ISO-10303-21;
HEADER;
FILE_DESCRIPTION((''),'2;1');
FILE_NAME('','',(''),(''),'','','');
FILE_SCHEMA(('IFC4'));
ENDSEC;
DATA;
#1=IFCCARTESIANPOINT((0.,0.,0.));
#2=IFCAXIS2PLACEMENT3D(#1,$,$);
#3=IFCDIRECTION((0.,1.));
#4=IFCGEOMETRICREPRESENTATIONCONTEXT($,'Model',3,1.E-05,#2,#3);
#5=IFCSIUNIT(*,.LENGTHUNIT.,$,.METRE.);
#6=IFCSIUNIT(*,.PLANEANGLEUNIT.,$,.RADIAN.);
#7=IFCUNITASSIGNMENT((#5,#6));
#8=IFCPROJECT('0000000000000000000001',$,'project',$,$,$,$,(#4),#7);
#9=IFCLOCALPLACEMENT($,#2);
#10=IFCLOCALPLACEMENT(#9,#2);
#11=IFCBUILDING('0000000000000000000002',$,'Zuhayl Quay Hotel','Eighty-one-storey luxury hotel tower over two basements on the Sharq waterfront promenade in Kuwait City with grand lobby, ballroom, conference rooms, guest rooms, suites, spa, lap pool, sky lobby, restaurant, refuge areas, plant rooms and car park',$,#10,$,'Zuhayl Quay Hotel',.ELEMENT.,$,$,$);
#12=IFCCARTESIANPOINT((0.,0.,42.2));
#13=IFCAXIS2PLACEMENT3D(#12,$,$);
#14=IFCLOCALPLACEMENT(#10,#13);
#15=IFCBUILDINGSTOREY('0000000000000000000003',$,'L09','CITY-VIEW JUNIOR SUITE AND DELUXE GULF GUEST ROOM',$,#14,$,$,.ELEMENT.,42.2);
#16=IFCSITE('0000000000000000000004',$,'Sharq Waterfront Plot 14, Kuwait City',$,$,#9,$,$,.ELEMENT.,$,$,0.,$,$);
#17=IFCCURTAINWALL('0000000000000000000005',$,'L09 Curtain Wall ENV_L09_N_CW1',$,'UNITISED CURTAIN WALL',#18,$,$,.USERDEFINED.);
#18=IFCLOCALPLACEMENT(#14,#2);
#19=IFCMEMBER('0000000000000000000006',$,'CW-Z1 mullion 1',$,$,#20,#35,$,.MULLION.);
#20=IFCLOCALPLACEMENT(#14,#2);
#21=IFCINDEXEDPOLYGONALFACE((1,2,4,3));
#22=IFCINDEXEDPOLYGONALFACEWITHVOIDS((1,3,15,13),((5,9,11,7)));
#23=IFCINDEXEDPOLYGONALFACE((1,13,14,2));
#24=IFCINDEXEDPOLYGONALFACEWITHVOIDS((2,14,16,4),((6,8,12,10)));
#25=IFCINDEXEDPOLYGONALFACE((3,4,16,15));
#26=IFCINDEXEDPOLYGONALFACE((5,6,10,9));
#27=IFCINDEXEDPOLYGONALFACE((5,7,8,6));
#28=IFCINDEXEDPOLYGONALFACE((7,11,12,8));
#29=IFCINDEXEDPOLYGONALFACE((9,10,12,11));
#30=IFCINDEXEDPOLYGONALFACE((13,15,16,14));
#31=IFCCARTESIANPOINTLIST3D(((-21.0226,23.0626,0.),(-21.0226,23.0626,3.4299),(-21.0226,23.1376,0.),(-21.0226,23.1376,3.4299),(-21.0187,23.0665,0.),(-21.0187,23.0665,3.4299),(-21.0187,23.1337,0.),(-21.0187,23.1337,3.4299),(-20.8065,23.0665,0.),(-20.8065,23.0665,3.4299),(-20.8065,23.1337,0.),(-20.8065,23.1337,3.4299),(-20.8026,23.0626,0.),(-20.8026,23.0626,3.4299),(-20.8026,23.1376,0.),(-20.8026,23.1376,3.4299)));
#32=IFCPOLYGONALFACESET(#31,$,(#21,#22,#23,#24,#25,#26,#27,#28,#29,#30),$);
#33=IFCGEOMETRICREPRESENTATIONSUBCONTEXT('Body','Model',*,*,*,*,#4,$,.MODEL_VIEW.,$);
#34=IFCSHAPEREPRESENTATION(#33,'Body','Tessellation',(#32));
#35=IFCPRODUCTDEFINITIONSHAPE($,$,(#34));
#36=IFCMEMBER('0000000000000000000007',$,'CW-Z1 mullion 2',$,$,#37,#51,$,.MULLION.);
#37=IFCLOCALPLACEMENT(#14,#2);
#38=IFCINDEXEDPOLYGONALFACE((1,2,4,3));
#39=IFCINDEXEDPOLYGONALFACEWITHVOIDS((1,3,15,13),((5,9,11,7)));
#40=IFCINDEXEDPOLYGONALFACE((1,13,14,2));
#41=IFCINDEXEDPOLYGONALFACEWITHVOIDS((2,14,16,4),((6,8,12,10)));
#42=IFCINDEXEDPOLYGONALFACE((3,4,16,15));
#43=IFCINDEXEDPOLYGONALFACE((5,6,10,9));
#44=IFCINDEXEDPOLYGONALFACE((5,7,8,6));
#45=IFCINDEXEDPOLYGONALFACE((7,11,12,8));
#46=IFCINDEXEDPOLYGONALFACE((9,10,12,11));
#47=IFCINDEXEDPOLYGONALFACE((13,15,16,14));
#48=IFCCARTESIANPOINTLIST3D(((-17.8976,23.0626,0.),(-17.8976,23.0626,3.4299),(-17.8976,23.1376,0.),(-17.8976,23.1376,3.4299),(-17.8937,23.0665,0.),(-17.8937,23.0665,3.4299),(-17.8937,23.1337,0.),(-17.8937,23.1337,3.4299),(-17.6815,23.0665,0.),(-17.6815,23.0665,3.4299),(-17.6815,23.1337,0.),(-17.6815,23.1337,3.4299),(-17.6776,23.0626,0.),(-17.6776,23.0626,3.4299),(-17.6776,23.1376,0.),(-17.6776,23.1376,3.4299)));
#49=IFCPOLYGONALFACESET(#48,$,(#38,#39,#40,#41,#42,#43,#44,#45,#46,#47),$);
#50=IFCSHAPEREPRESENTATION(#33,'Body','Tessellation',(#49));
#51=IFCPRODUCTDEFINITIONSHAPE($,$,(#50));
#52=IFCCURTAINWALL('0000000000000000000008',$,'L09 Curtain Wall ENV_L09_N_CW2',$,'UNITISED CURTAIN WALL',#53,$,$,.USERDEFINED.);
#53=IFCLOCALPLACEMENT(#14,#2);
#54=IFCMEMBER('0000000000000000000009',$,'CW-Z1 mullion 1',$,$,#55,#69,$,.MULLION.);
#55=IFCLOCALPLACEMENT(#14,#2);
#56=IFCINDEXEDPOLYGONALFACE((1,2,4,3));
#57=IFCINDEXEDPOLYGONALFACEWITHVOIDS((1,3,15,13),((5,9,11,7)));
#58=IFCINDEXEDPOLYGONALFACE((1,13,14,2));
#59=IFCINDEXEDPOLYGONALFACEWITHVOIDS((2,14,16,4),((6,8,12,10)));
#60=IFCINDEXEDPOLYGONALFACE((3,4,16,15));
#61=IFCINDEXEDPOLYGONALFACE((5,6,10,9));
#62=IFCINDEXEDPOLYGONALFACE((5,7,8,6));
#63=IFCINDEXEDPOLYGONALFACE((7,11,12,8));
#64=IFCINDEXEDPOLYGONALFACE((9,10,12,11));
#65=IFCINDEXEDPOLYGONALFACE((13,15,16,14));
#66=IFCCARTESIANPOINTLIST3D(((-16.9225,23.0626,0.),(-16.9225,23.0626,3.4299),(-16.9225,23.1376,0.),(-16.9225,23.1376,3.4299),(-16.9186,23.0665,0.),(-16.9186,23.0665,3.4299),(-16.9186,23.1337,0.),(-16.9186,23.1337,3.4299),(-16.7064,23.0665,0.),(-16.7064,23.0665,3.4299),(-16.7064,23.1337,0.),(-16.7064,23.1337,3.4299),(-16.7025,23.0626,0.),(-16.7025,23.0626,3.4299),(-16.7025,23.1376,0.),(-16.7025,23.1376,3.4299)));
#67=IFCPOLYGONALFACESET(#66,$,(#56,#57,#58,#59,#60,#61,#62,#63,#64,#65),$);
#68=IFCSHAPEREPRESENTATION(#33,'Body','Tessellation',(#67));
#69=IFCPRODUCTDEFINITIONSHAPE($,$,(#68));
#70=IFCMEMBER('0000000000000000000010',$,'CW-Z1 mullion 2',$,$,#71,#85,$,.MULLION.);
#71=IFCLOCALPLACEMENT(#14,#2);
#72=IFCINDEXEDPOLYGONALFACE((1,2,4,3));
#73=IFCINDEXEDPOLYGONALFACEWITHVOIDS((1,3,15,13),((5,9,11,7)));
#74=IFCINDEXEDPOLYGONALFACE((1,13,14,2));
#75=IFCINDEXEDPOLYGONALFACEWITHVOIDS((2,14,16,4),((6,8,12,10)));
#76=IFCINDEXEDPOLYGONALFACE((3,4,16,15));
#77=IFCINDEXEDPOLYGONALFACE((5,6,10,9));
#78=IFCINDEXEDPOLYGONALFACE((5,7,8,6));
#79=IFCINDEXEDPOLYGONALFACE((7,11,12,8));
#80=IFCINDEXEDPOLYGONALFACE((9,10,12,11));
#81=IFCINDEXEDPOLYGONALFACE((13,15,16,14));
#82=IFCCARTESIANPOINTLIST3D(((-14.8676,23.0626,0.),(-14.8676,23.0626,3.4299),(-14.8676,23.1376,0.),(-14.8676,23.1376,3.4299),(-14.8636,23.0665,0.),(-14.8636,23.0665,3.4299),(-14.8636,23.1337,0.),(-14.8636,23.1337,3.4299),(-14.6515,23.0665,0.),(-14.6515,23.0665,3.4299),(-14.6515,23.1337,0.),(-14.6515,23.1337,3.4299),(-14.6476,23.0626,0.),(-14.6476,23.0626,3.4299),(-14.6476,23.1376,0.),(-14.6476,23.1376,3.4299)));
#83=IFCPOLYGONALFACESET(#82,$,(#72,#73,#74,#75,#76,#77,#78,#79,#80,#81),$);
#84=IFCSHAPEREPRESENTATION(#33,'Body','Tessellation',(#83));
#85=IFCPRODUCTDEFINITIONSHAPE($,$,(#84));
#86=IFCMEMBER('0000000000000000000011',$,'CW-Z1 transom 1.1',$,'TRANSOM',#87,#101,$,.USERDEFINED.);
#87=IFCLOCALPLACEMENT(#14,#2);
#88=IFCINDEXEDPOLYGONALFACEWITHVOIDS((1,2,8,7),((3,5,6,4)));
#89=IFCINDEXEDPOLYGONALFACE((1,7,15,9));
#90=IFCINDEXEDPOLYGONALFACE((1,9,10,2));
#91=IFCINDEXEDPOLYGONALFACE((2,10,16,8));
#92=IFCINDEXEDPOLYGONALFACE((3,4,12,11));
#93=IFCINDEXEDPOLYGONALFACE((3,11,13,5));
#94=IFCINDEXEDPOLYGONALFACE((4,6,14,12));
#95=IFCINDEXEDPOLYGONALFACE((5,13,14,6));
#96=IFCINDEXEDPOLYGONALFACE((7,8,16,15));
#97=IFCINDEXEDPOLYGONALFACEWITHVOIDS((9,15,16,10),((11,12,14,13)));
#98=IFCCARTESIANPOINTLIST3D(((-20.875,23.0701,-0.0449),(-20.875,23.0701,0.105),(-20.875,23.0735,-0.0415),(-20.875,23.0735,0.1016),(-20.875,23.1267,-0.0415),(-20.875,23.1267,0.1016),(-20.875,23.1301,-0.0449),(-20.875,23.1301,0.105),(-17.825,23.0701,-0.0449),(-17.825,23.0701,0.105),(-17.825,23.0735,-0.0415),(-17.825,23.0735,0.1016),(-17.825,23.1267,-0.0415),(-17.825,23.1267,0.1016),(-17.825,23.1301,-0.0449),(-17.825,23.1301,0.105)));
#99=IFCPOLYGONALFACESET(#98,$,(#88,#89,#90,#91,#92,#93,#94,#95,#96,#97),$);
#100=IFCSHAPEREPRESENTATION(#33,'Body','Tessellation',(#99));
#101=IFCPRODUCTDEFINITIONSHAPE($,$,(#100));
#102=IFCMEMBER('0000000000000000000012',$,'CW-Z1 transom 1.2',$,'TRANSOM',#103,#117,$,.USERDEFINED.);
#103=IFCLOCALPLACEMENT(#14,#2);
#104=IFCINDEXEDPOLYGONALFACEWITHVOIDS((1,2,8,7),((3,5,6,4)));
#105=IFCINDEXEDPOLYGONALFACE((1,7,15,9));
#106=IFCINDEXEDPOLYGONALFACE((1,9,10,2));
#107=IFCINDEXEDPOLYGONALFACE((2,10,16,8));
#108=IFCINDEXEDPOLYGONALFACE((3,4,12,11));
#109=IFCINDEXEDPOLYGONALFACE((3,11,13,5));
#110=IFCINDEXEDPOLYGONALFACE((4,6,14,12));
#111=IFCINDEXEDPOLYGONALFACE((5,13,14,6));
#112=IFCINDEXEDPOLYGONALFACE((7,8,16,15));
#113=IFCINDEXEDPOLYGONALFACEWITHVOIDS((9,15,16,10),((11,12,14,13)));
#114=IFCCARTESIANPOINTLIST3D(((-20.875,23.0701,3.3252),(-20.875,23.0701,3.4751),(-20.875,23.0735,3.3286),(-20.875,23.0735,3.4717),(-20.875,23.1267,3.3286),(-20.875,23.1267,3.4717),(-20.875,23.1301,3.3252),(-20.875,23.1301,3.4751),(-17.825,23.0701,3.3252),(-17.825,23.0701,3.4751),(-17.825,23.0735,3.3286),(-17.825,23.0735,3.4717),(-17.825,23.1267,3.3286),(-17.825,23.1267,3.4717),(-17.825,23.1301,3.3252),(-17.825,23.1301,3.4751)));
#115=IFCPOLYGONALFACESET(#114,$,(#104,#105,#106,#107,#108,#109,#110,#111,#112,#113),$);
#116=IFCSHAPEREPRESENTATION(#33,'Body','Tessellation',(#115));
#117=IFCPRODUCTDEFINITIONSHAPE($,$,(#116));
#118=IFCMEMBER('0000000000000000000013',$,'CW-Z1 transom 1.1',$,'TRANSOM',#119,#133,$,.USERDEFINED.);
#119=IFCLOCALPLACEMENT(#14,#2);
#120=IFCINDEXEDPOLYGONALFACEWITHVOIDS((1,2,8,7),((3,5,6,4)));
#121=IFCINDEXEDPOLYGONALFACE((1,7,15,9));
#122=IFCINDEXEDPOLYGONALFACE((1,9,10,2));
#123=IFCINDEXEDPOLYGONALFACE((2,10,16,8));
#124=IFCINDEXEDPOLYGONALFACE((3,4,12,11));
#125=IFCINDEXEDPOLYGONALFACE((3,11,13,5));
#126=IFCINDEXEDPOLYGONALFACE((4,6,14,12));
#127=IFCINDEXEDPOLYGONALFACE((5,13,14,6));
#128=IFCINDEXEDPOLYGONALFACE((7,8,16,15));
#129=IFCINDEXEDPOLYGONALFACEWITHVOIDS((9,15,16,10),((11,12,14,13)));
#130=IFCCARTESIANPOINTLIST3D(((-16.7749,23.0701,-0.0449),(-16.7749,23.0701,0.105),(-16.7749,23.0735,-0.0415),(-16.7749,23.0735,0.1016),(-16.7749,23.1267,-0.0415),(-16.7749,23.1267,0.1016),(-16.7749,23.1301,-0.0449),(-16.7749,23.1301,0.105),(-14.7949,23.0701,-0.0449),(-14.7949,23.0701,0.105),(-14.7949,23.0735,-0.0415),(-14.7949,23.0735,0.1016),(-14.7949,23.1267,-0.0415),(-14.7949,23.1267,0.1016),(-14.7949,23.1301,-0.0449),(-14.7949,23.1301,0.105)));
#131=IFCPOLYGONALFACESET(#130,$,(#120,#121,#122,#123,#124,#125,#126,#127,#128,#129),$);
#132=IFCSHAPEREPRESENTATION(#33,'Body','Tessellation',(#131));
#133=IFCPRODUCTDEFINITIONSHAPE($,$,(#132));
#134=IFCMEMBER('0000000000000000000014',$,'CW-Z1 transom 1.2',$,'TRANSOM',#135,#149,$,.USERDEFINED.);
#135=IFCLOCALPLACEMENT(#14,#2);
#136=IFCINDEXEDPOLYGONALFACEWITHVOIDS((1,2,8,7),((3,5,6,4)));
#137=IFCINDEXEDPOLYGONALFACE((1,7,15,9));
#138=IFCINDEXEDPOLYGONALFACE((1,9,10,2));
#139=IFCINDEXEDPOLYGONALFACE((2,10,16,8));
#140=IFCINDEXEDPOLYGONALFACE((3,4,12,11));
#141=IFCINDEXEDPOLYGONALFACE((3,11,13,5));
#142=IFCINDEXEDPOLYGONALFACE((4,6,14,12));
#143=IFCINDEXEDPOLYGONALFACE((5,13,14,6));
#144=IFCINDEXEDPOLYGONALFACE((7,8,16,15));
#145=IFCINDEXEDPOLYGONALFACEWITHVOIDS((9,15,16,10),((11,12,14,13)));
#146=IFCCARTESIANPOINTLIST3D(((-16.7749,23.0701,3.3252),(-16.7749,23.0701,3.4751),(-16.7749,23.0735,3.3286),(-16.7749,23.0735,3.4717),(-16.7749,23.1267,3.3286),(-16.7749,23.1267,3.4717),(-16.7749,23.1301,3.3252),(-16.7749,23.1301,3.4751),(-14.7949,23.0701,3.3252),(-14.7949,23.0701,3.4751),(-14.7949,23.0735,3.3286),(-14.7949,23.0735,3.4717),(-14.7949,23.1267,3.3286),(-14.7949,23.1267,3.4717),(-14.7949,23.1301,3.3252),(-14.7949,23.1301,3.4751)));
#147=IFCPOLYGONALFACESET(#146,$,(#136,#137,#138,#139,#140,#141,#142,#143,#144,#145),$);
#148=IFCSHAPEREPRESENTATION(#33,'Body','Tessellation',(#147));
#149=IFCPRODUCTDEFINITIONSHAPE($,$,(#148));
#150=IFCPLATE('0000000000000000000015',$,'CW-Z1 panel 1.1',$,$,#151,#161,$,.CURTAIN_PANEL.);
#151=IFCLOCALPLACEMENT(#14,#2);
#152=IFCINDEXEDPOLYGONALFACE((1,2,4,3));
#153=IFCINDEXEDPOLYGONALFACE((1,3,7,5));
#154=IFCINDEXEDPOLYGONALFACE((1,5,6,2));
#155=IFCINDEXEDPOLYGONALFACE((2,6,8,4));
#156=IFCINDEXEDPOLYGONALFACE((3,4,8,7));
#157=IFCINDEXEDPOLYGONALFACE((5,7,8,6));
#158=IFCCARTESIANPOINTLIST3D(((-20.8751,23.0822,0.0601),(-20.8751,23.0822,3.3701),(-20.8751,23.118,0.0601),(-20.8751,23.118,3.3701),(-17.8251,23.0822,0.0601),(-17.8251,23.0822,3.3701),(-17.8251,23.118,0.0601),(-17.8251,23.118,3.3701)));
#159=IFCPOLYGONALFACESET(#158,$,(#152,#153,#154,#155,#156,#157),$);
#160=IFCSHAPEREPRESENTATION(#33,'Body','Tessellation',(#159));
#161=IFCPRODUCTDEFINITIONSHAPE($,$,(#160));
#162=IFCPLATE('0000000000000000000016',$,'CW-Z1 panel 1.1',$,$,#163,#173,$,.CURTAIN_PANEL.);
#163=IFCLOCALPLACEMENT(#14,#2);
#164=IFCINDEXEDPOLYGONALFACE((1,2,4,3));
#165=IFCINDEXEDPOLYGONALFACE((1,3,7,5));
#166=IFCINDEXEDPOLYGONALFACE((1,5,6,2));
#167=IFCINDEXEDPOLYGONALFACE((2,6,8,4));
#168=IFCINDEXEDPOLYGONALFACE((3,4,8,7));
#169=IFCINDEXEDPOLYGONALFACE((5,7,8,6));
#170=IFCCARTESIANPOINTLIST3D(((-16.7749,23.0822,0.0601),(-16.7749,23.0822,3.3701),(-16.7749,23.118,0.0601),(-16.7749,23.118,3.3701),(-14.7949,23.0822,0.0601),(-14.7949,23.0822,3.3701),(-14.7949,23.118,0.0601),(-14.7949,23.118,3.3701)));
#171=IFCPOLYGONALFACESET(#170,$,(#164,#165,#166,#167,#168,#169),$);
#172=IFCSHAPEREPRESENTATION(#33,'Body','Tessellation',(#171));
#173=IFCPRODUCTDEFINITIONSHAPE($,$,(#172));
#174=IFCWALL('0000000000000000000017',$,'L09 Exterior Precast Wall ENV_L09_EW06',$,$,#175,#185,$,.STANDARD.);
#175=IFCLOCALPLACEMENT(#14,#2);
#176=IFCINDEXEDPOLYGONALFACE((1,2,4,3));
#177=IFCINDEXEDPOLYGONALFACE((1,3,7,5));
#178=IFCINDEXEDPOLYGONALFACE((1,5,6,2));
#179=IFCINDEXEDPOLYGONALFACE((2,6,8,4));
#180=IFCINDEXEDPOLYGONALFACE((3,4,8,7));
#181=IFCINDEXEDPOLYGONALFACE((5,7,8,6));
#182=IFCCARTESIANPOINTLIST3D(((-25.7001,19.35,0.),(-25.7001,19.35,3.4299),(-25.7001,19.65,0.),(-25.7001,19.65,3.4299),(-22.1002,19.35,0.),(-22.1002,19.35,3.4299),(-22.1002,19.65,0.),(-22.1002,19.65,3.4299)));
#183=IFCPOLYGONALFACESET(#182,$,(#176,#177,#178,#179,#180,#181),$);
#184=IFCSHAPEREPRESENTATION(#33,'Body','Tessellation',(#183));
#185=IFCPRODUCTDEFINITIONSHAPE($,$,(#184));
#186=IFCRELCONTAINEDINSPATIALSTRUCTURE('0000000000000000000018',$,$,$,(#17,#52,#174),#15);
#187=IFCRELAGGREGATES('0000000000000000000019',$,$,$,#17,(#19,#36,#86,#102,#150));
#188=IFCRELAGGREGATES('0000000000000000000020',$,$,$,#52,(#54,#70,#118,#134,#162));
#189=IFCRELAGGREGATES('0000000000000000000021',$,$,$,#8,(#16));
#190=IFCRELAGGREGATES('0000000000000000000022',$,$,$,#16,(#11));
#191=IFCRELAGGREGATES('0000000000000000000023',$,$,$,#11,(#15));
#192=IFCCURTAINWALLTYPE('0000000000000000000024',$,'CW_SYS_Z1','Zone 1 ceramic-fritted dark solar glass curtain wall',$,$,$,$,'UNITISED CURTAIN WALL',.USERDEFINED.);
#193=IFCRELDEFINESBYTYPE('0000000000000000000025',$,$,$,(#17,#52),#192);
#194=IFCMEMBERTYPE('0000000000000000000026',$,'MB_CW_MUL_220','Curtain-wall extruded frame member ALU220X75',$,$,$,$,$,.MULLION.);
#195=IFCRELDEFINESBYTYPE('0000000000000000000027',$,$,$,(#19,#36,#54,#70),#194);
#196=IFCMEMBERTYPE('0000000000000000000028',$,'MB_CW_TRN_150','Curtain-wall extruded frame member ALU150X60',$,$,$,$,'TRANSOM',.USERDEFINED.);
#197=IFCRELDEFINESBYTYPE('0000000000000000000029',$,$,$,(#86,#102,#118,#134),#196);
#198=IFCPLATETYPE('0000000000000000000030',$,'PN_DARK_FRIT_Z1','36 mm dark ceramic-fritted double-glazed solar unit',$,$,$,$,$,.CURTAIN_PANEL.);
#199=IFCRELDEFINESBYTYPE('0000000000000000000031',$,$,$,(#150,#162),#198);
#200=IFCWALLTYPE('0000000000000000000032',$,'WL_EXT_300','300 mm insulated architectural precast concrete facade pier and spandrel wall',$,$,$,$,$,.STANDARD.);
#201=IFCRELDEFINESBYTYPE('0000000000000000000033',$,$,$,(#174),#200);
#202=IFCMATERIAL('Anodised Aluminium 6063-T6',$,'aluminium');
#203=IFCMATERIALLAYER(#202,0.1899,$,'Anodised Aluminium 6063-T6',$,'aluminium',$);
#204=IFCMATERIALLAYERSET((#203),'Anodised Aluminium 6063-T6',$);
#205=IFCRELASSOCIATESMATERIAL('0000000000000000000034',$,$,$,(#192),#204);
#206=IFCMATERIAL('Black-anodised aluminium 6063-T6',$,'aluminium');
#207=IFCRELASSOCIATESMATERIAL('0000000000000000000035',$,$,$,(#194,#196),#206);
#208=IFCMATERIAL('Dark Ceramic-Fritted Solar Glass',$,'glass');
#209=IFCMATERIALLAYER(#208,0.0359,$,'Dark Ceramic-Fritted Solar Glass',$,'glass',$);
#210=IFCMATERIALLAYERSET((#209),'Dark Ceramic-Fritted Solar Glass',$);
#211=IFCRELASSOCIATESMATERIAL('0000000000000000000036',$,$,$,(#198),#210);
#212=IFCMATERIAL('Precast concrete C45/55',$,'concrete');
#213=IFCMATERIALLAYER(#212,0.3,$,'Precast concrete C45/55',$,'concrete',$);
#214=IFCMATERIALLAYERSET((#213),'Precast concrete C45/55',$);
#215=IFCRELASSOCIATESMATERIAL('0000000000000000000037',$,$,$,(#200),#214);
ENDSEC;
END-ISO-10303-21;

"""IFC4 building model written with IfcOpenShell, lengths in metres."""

from ifc_helpers import new_model, si_unit, direction, frame, frame_2d, origin, origin_2d, place, context, subcontext, project, spatial, rectangle, hollow_rectangle, extrude, material, layer, layer_set, material_profile, profile_set, type_object, element, aggregate, save


model = new_model("IFC4")

# Units and contexts
model_context = context("Model", 3, precision=1e-05, world=origin(), true_north=direction((0.0, 1.0)))
body_context = subcontext(model_context, "Body", "Model", "MODEL_VIEW")
ifc_project = project(units=[si_unit("LENGTHUNIT", "METRE"), si_unit("PLANEANGLEUNIT", "RADIAN")], contexts=[model_context])

# Site, building, storey
site_placement = place(None, origin())
site = spatial("IfcSite", under=ifc_project, at=site_placement, Name="Sharq Waterfront Plot 14, Kuwait City", CompositionType="ELEMENT", RefElevation=0.0)
building_placement = place(site_placement, origin())
building = spatial("IfcBuilding", under=site, at=building_placement, Name="Zuhayl Quay Hotel", Description="Eighty-one-storey luxury hotel tower over two basements on the Sharq waterfront promenade in Kuwait City with grand lobby, ballroom, conference rooms, guest rooms, suites, spa, lap pool, sky lobby, restaurant, refuge areas, plant rooms and car park", LongName="Zuhayl Quay Hotel", CompositionType="ELEMENT")
storey_placement = place(building_placement, frame((0.0, 0.0, 42.2)))
storey = spatial("IfcBuildingStorey", under=building, at=storey_placement, Name="L09", Description="CITY-VIEW JUNIOR SUITE AND DELUXE GULF GUEST ROOM", CompositionType="ELEMENT", Elevation=42.2)

# Curtain walls, members
ifc_material_1 = material(Name="Anodised Aluminium 6063-T6", Category="aluminium")
ifc_layer_1 = layer(ifc_material_1, 0.1899, Name="Anodised Aluminium 6063-T6", Category="aluminium")
ifc_layer_set_1 = layer_set([ifc_layer_1], Name="Anodised Aluminium 6063-T6")
curtain_wall_type = type_object("IfcCurtainWallType", Name="CW_SYS_Z1", Description="Zone 1 ceramic-fritted dark solar glass curtain wall", ElementType="UNITISED CURTAIN WALL", PredefinedType="USERDEFINED", material=ifc_layer_set_1)
curtain_wall_1_placement = place(storey_placement, origin())
curtain_wall_1 = element("IfcCurtainWall", 1, at=curtain_wall_1_placement, inside=storey, type_object=curtain_wall_type, Name="L09 Curtain Wall ENV_L09_N_CW1", ObjectType="UNITISED CURTAIN WALL", PredefinedType="USERDEFINED")
ifc_material_2 = material(Name="Black-anodised aluminium 6063-T6", Category="aluminium")
ifc_material_profile_1 = material_profile(ifc_material_2, hollow_rectangle(XDim=0.075, YDim=0.22, WallThickness=0.0039, at=origin_2d()), Name="ALU220X75")
ifc_profile_set_1 = profile_set([ifc_material_profile_1], Name="Black-anodised aluminium 6063-T6")
member_type_1 = type_object("IfcMemberType", Name="MB_CW_MUL_220", Description="Curtain-wall extruded frame member ALU220X75", PredefinedType="MULLION", material=ifc_profile_set_1)
member_1_placement = place(storey_placement, frame((-20.9126, 23.1001, 0.0), z_axis=(0.0, 0.0, 1.0), x_axis=(0.0, 1.0, 0.0)))
member_1 = element("IfcMember", 2, at=member_1_placement, type_object=member_type_1, Name="CW-Z1 mullion 1", PredefinedType="MULLION", context=body_context, shape_type="SweptSolid", body=[
    extrude(hollow_rectangle(XDim=0.075, YDim=0.22, WallThickness=0.0039, at=origin_2d()), origin(), (0.0, 0.0, 1.0), 3.4299),
])
member_2_placement = place(storey_placement, frame((-17.7876, 23.1001, 0.0), z_axis=(0.0, 0.0, 1.0), x_axis=(0.0, 1.0, 0.0)))
member_2 = element("IfcMember", 3, at=member_2_placement, type_object=member_type_1, Name="CW-Z1 mullion 2", PredefinedType="MULLION", context=body_context, shape_type="SweptSolid", body=[
    extrude(hollow_rectangle(XDim=0.075, YDim=0.22, WallThickness=0.0039, at=origin_2d()), origin(), (0.0, 0.0, 1.0), 3.4299),
])
curtain_wall_2_placement = place(storey_placement, origin())
curtain_wall_2 = element("IfcCurtainWall", 4, at=curtain_wall_2_placement, inside=storey, type_object=curtain_wall_type, Name="L09 Curtain Wall ENV_L09_N_CW2", ObjectType="UNITISED CURTAIN WALL", PredefinedType="USERDEFINED")
member_3_placement = place(storey_placement, frame((-16.8125, 23.1001, 0.0), z_axis=(0.0, 0.0, 1.0), x_axis=(0.0, 1.0, 0.0)))
member_3 = element("IfcMember", 5, at=member_3_placement, type_object=member_type_1, Name="CW-Z1 mullion 1", PredefinedType="MULLION", context=body_context, shape_type="SweptSolid", body=[
    extrude(hollow_rectangle(XDim=0.075, YDim=0.22, WallThickness=0.0039, at=origin_2d()), origin(), (0.0, 0.0, 1.0), 3.4299),
])
member_4_placement = place(storey_placement, frame((-14.7576, 23.1001, 0.0), z_axis=(0.0, 0.0, 1.0), x_axis=(0.0, 1.0, 0.0)))
member_4 = element("IfcMember", 6, at=member_4_placement, type_object=member_type_1, Name="CW-Z1 mullion 2", PredefinedType="MULLION", context=body_context, shape_type="SweptSolid", body=[
    extrude(hollow_rectangle(XDim=0.075, YDim=0.22, WallThickness=0.0039, at=origin_2d()), origin(), (0.0, 0.0, 1.0), 3.4299),
])

# Members
ifc_material_profile_2 = material_profile(ifc_material_2, hollow_rectangle(XDim=0.0601, YDim=0.1499, WallThickness=0.0034, at=origin_2d()), Name="ALU150X60")
ifc_profile_set_2 = profile_set([ifc_material_profile_2], Name="Black-anodised aluminium 6063-T6")
member_type_2 = type_object("IfcMemberType", Name="MB_CW_TRN_150", Description="Curtain-wall extruded frame member ALU150X60", ElementType="TRANSOM", PredefinedType="USERDEFINED", material=ifc_profile_set_2)
member_5_placement = place(storey_placement, frame((-20.875, 23.1001, 0.03), z_axis=(1.0, 0.0, 0.0), x_axis=(0.0, 1.0, 0.0)))
member_5 = element("IfcMember", 7, at=member_5_placement, type_object=member_type_2, Name="CW-Z1 transom 1.1", ObjectType="TRANSOM", PredefinedType="USERDEFINED", context=body_context, shape_type="SweptSolid", body=[
    extrude(hollow_rectangle(XDim=0.0601, YDim=0.1499, WallThickness=0.0034, at=origin_2d()), origin(), (0.0, 0.0, 1.0), 3.05),
])
member_6_placement = place(storey_placement, frame((-20.875, 23.1001, 3.4001), z_axis=(1.0, 0.0, 0.0), x_axis=(0.0, 1.0, 0.0)))
member_6 = element("IfcMember", 8, at=member_6_placement, type_object=member_type_2, Name="CW-Z1 transom 1.2", ObjectType="TRANSOM", PredefinedType="USERDEFINED", context=body_context, shape_type="SweptSolid", body=[
    extrude(hollow_rectangle(XDim=0.0601, YDim=0.1499, WallThickness=0.0034, at=origin_2d()), origin(), (0.0, 0.0, 1.0), 3.05),
])
member_7_placement = place(storey_placement, frame((-16.7749, 23.1001, 0.03), z_axis=(1.0, 0.0, 0.0), x_axis=(0.0, 1.0, 0.0)))
member_7 = element("IfcMember", 9, at=member_7_placement, type_object=member_type_2, Name="CW-Z1 transom 1.1", ObjectType="TRANSOM", PredefinedType="USERDEFINED", context=body_context, shape_type="SweptSolid", body=[
    extrude(hollow_rectangle(XDim=0.0601, YDim=0.1499, WallThickness=0.0034, at=origin_2d()), origin(), (0.0, 0.0, 1.0), 1.98),
])
member_8_placement = place(storey_placement, frame((-16.7749, 23.1001, 3.4001), z_axis=(1.0, 0.0, 0.0), x_axis=(0.0, 1.0, 0.0)))
member_8 = element("IfcMember", 10, at=member_8_placement, type_object=member_type_2, Name="CW-Z1 transom 1.2", ObjectType="TRANSOM", PredefinedType="USERDEFINED", context=body_context, shape_type="SweptSolid", body=[
    extrude(hollow_rectangle(XDim=0.0601, YDim=0.1499, WallThickness=0.0034, at=origin_2d()), origin(), (0.0, 0.0, 1.0), 1.98),
])

# Plates
ifc_material_3 = material(Name="Dark Ceramic-Fritted Solar Glass", Category="glass")
ifc_layer_2 = layer(ifc_material_3, 0.0359, Name="Dark Ceramic-Fritted Solar Glass", Category="glass")
ifc_layer_set_2 = layer_set([ifc_layer_2], Name="Dark Ceramic-Fritted Solar Glass")
plate_type = type_object("IfcPlateType", Name="PN_DARK_FRIT_Z1", Description="36 mm dark ceramic-fritted double-glazed solar unit", PredefinedType="CURTAIN_PANEL", material=ifc_layer_set_2)
plate_1_placement = place(storey_placement, frame((-19.3501, 23.1001, 0.0601), z_axis=(0.0, 0.0, 1.0), x_axis=(1.0, 0.0, 0.0)))
plate_1 = element("IfcPlate", 11, at=plate_1_placement, type_object=plate_type, Name="CW-Z1 panel 1.1", PredefinedType="CURTAIN_PANEL", context=body_context, shape_type="SweptSolid", body=[
    extrude(rectangle(XDim=3.05, YDim=0.0359, at=origin_2d()), origin(), (0.0, 0.0, 1.0), 3.3101),
])
aggregate(curtain_wall_1, [member_1, member_2, member_5, member_6, plate_1])
plate_2_placement = place(storey_placement, frame((-15.7849, 23.1001, 0.0601), z_axis=(0.0, 0.0, 1.0), x_axis=(1.0, 0.0, 0.0)))
plate_2 = element("IfcPlate", 12, at=plate_2_placement, type_object=plate_type, Name="CW-Z1 panel 1.1", PredefinedType="CURTAIN_PANEL", context=body_context, shape_type="SweptSolid", body=[
    extrude(rectangle(XDim=1.98, YDim=0.0359, at=origin_2d()), origin(), (0.0, 0.0, 1.0), 3.3101),
])
aggregate(curtain_wall_2, [member_3, member_4, member_7, member_8, plate_2])

# Wall
ifc_material_4 = material(Name="Precast concrete C45/55", Category="concrete")
ifc_layer_3 = layer(ifc_material_4, 0.3, Name="Precast concrete C45/55", Category="concrete")
ifc_layer_set_3 = layer_set([ifc_layer_3], Name="Precast concrete C45/55")
wall_type_1 = type_object("IfcWallType", Name="WL_EXT_300", Description="300 mm insulated architectural precast concrete facade pier and spandrel wall", PredefinedType="STANDARD", material=ifc_layer_set_3)
wall_1_placement = place(storey_placement, frame((-25.7, 19.5, 0.0), z_axis=(0.0, 0.0, 1.0), x_axis=(1.0, 0.0, 0.0)))
element("IfcWall", 13, at=wall_1_placement, inside=storey, type_object=wall_type_1, Name="L09 Exterior Precast Wall ENV_L09_EW06", PredefinedType="STANDARD", context=body_context, shape_type="SweptSolid", body=[
    extrude(rectangle(XDim=3.5999, YDim=0.3, at=frame_2d((1.7998, 0.0))), origin(), (0.0, 0.0, 1.0), 3.4299),
])

save(model, "model.ifc")
